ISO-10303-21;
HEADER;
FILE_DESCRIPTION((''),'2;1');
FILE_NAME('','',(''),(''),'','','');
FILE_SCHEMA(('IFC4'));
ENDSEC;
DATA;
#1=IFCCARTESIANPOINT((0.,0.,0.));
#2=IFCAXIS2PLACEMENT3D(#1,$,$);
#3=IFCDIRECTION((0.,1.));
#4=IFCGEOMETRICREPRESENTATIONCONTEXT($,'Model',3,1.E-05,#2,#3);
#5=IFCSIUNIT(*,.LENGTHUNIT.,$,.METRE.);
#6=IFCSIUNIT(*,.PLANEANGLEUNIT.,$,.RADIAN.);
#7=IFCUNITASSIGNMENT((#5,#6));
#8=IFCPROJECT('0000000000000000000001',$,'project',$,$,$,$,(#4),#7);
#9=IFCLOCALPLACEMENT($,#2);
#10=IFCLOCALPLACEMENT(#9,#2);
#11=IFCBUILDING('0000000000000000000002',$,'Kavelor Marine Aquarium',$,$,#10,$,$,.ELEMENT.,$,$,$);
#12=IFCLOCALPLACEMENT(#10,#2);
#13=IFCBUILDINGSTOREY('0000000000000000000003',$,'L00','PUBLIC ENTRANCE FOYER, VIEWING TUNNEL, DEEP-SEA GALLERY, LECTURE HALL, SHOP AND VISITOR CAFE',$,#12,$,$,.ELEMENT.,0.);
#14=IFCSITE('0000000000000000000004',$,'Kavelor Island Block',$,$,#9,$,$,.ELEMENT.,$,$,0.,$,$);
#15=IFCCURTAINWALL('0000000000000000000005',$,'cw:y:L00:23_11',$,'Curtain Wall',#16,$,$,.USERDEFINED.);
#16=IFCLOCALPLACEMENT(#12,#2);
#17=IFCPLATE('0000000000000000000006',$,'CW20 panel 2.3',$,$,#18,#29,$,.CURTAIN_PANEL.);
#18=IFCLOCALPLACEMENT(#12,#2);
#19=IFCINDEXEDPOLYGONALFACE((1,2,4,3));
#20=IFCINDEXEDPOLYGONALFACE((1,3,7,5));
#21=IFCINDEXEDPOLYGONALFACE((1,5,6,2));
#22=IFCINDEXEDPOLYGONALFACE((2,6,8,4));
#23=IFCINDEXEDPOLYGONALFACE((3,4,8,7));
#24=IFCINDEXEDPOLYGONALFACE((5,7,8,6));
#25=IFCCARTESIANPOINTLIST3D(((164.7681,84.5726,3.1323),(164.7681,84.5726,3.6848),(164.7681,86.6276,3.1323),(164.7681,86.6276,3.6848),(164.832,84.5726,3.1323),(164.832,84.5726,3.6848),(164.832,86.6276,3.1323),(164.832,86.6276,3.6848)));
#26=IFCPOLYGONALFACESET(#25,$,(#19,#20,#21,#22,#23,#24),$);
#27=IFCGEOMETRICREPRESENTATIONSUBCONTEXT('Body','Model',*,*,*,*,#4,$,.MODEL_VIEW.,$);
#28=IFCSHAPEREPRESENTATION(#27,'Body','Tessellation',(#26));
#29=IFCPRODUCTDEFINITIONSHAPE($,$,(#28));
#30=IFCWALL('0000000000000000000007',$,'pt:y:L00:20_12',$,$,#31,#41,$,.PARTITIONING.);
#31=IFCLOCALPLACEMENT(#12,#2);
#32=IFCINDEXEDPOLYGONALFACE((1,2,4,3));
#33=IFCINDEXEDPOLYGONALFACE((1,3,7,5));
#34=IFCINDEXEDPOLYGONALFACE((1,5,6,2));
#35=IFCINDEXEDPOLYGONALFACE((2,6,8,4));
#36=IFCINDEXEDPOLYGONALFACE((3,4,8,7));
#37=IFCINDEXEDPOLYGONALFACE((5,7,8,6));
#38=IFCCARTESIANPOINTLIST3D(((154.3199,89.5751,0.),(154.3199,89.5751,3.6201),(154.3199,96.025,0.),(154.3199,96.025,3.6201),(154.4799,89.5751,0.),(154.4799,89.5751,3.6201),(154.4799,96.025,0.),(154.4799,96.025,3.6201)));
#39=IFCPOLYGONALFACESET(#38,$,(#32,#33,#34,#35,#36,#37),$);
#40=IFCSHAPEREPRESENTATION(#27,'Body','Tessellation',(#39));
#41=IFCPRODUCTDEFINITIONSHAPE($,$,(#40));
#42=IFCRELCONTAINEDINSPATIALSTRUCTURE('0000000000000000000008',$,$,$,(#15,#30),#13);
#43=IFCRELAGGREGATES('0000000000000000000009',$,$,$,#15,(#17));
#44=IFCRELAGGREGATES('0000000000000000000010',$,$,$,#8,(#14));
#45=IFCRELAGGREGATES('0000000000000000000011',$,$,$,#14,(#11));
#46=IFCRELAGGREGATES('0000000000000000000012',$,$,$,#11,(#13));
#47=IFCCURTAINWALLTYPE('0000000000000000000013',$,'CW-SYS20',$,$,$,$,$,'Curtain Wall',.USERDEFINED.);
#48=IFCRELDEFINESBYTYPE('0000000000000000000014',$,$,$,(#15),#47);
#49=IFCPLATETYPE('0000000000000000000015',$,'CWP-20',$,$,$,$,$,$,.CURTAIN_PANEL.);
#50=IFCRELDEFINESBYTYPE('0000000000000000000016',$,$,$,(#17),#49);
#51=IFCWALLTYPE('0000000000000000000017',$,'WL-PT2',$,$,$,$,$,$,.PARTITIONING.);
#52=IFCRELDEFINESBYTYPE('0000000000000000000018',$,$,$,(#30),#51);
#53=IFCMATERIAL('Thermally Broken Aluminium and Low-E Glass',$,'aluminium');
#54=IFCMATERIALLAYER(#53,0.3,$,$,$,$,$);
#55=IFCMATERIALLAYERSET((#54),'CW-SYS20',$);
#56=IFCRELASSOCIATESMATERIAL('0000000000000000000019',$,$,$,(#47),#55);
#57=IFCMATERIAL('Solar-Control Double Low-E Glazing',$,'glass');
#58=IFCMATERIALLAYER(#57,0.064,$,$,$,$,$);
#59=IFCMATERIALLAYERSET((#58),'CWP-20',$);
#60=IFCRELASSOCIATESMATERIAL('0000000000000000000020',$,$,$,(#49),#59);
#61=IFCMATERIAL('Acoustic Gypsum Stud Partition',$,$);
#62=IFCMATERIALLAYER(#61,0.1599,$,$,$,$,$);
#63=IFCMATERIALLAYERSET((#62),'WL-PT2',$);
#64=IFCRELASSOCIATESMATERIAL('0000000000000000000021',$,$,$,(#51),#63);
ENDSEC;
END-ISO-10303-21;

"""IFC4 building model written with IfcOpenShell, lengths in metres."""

from ifc_helpers import new_model, si_unit, direction, frame, frame_2d, origin, origin_2d, place, context, subcontext, project, spatial, rectangle, extrude, material, layer, layer_set, type_object, element, aggregate, save


model = new_model("IFC4")

# Units and contexts
model_context = context("Model", 3, precision=1e-05, world=origin(), true_north=direction((0.0, 1.0)))
body_context = subcontext(model_context, "Body", "Model", "MODEL_VIEW")
ifc_project = project(units=[si_unit("LENGTHUNIT", "METRE"), si_unit("PLANEANGLEUNIT", "RADIAN")], contexts=[model_context])

# Site, building, storey
site_placement = place(None, origin())
site = spatial("IfcSite", under=ifc_project, at=site_placement, Name="Kavelor Island Block", CompositionType="ELEMENT", RefElevation=0.0)
building_placement = place(site_placement, origin())
building = spatial("IfcBuilding", under=site, at=building_placement, Name="Kavelor Marine Aquarium", CompositionType="ELEMENT")
storey_placement = place(building_placement, origin())
storey = spatial("IfcBuildingStorey", under=building, at=storey_placement, Name="L00", Description="PUBLIC ENTRANCE FOYER, VIEWING TUNNEL, DEEP-SEA GALLERY, LECTURE HALL, SHOP AND VISITOR CAFE", CompositionType="ELEMENT", Elevation=0.0)

# Curtain wall, plate
ifc_material_1 = material(Name="Thermally Broken Aluminium and Low-E Glass", Category="aluminium")
ifc_layer_1 = layer(ifc_material_1, 0.3)
ifc_layer_set_1 = layer_set([ifc_layer_1], Name="CW-SYS20")
curtain_wall_type = type_object("IfcCurtainWallType", Name="CW-SYS20", ElementType="Curtain Wall", PredefinedType="USERDEFINED", material=ifc_layer_set_1)
curtain_wall_placement = place(storey_placement, origin())
curtain_wall = element("IfcCurtainWall", 1, at=curtain_wall_placement, inside=storey, type_object=curtain_wall_type, Name="cw:y:L00:23_11", ObjectType="Curtain Wall", PredefinedType="USERDEFINED")
ifc_material_2 = material(Name="Solar-Control Double Low-E Glazing", Category="glass")
ifc_layer_2 = layer(ifc_material_2, 0.064)
ifc_layer_set_2 = layer_set([ifc_layer_2], Name="CWP-20")
plate_type = type_object("IfcPlateType", Name="CWP-20", PredefinedType="CURTAIN_PANEL", material=ifc_layer_set_2)
plate_1_placement = place(storey_placement, frame((164.8, 85.6001, 3.1323), z_axis=(0.0, 0.0, 1.0), x_axis=(0.0, 1.0, 0.0)))
plate_1 = element("IfcPlate", 2, at=plate_1_placement, type_object=plate_type, Name="CW20 panel 2.3", PredefinedType="CURTAIN_PANEL", context=body_context, shape_type="SweptSolid", body=[
    extrude(rectangle(XDim=2.0549, YDim=0.064, at=origin_2d()), origin(), (0.0, 0.0, 1.0), 0.5525),
])
aggregate(curtain_wall, [plate_1])

# Wall
ifc_material_3 = material(Name="Acoustic Gypsum Stud Partition")
ifc_layer_3 = layer(ifc_material_3, 0.1599)
ifc_layer_set_3 = layer_set([ifc_layer_3], Name="WL-PT2")
wall_type = type_object("IfcWallType", Name="WL-PT2", PredefinedType="PARTITIONING", material=ifc_layer_set_3)
wall_placement = place(storey_placement, frame((154.3999, 89.575, 0.0), z_axis=(0.0, 0.0, 1.0), x_axis=(0.0, 1.0, 0.0)))
element("IfcWall", 3, at=wall_placement, inside=storey, type_object=wall_type, Name="pt:y:L00:20_12", PredefinedType="PARTITIONING", context=body_context, shape_type="SweptSolid", body=[
    extrude(rectangle(XDim=6.45, YDim=0.1599, at=frame_2d((3.2251, 0.0))), origin(), (0.0, 0.0, 1.0), 3.6201),
])

save(model, "model.ifc")
